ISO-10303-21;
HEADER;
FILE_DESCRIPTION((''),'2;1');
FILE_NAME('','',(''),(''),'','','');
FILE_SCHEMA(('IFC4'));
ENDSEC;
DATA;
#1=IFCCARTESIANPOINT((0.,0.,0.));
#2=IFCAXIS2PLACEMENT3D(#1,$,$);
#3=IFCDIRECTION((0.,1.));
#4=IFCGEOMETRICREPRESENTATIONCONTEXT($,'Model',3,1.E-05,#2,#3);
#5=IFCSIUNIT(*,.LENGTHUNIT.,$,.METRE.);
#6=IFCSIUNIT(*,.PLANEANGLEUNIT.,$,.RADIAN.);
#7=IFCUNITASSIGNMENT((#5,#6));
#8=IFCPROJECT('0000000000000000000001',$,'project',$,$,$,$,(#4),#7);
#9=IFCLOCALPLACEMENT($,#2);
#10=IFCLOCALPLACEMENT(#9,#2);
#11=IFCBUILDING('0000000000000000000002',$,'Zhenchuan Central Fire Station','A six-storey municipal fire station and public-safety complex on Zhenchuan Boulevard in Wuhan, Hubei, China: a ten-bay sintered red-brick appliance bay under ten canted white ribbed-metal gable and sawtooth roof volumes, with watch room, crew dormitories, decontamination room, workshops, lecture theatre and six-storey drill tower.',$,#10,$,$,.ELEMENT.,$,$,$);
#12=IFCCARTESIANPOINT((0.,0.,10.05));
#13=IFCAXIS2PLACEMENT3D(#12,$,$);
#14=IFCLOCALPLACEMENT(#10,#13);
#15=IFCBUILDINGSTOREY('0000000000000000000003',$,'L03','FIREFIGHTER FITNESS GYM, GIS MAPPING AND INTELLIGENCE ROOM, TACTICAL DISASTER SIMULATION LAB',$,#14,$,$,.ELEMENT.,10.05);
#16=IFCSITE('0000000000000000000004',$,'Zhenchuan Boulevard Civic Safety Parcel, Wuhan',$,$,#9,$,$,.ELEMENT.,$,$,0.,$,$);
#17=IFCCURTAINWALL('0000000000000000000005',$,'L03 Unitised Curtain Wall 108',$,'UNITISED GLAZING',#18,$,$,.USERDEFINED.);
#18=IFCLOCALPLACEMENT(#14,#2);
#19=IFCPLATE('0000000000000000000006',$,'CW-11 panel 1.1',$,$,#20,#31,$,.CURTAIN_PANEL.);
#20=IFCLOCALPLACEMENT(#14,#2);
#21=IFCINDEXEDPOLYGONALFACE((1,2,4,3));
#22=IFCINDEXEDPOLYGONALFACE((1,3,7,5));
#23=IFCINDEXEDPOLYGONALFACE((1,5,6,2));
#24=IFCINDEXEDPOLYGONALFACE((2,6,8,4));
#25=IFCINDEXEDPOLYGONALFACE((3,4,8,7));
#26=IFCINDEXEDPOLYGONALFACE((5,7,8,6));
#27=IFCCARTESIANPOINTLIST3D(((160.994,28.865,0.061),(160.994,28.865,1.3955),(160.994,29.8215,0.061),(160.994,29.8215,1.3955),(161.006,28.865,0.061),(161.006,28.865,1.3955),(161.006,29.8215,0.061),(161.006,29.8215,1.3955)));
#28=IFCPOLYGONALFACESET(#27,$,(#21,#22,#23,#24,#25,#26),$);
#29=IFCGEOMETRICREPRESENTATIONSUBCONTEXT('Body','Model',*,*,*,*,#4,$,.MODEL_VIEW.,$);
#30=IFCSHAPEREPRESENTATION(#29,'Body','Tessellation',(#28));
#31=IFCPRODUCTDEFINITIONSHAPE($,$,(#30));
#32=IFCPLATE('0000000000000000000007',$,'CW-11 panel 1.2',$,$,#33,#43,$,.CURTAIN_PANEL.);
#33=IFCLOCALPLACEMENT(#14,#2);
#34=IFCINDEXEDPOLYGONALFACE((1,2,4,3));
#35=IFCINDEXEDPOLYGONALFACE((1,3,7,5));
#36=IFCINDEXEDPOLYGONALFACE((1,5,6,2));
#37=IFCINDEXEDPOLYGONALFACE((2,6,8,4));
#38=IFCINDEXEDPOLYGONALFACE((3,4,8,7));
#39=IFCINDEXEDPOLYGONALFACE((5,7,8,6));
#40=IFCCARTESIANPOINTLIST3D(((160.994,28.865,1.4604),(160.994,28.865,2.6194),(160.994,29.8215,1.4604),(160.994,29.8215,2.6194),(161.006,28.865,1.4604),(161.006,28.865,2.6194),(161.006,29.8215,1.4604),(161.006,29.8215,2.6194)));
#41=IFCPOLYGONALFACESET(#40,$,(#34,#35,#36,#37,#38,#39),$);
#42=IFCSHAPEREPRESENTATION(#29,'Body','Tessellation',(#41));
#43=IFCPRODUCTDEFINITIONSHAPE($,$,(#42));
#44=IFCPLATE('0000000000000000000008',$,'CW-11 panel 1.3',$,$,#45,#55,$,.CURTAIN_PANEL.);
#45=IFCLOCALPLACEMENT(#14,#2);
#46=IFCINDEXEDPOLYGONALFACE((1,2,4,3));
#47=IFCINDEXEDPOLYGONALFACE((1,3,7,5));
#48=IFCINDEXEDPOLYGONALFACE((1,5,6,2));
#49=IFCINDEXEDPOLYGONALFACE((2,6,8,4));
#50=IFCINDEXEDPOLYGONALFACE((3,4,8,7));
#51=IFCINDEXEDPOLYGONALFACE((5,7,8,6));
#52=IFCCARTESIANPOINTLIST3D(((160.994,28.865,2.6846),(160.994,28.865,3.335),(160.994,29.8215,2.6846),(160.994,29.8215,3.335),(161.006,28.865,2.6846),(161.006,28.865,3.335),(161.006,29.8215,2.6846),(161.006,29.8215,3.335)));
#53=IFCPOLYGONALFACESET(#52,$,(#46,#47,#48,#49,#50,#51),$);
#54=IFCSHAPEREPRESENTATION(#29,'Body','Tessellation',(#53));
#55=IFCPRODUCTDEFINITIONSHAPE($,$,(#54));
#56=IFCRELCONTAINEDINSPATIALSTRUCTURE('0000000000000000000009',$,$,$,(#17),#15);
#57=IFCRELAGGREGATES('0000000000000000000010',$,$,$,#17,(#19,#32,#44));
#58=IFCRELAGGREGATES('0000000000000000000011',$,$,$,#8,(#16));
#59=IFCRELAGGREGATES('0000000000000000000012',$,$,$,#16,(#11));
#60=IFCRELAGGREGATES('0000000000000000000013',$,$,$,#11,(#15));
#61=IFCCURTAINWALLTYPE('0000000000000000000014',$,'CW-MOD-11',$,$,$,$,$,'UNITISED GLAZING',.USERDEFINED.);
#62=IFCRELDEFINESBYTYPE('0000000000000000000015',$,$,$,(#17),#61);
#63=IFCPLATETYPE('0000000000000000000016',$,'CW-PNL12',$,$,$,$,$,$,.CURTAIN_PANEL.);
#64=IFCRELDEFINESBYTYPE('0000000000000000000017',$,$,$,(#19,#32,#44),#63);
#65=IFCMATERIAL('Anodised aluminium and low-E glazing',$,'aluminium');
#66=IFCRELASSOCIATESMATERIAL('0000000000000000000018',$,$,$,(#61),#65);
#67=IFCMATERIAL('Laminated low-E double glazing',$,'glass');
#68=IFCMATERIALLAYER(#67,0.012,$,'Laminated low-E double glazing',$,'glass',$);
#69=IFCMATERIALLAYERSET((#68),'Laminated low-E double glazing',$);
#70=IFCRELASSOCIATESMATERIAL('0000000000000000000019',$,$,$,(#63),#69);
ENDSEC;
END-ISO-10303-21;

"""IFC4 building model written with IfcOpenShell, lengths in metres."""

from ifc_helpers import new_model, si_unit, direction, frame, origin, origin_2d, place, context, subcontext, project, spatial, rectangle, extrude, material, layer, layer_set, type_object, element, aggregate, save


model = new_model("IFC4")

# Units and contexts
model_context = context("Model", 3, precision=1e-05, world=origin(), true_north=direction((0.0, 1.0)))
body_context = subcontext(model_context, "Body", "Model", "MODEL_VIEW")
ifc_project = project(units=[si_unit("LENGTHUNIT", "METRE"), si_unit("PLANEANGLEUNIT", "RADIAN")], contexts=[model_context])

# Site, building, storey
site_placement = place(None, origin())
site = spatial("IfcSite", under=ifc_project, at=site_placement, Name="Zhenchuan Boulevard Civic Safety Parcel, Wuhan", CompositionType="ELEMENT", RefElevation=0.0)
building_placement = place(site_placement, origin())
building = spatial("IfcBuilding", under=site, at=building_placement, Name="Zhenchuan Central Fire Station", Description="A six-storey municipal fire station and public-safety complex on Zhenchuan Boulevard in Wuhan, Hubei, China: a ten-bay sintered red-brick appliance bay under ten canted white ribbed-metal gable and sawtooth roof volumes, with watch room, crew dormitories, decontamination room, workshops, lecture theatre and six-storey drill tower.", CompositionType="ELEMENT")
storey_placement = place(building_placement, frame((0.0, 0.0, 10.05)))
storey = spatial("IfcBuildingStorey", under=building, at=storey_placement, Name="L03", Description="FIREFIGHTER FITNESS GYM, GIS MAPPING AND INTELLIGENCE ROOM, TACTICAL DISASTER SIMULATION LAB", CompositionType="ELEMENT", Elevation=10.05)

# Shared definitions
ifc_material_1 = material(Name="Anodised aluminium and low-E glazing", Category="aluminium")

# Curtain wall
curtain_wall_type_1 = type_object("IfcCurtainWallType", Name="CW-MOD-11", ElementType="UNITISED GLAZING", PredefinedType="USERDEFINED", material=ifc_material_1)
curtain_wall_1_placement = place(storey_placement, origin())
curtain_wall_1 = element("IfcCurtainWall", 1, at=curtain_wall_1_placement, inside=storey, type_object=curtain_wall_type_1, Name="L03 Unitised Curtain Wall 108", ObjectType="UNITISED GLAZING", PredefinedType="USERDEFINED")

# Plates
ifc_material_2 = material(Name="Laminated low-E double glazing", Category="glass")
ifc_layer = layer(ifc_material_2, 0.012, Name="Laminated low-E double glazing", Category="glass")
ifc_layer_set = layer_set([ifc_layer], Name="Laminated low-E double glazing")
plate_type = type_object("IfcPlateType", Name="CW-PNL12", PredefinedType="CURTAIN_PANEL", material=ifc_layer_set)
plate_1_placement = place(storey_placement, frame((161.0, 29.3433, 0.061), z_axis=(0.0, 0.0, 1.0), x_axis=(0.0, 1.0, 0.0)))
plate_1 = element("IfcPlate", 2, at=plate_1_placement, type_object=plate_type, Name="CW-11 panel 1.1", PredefinedType="CURTAIN_PANEL", context=body_context, shape_type="SweptSolid", body=[
    extrude(rectangle(XDim=0.9565, YDim=0.012, at=origin_2d()), origin(), (0.0, 0.0, 1.0), 1.3345),
])
plate_2_placement = place(storey_placement, frame((161.0, 29.3433, 1.4604), z_axis=(0.0, 0.0, 1.0), x_axis=(0.0, 1.0, 0.0)))
plate_2 = element("IfcPlate", 3, at=plate_2_placement, type_object=plate_type, Name="CW-11 panel 1.2", PredefinedType="CURTAIN_PANEL", context=body_context, shape_type="SweptSolid", body=[
    extrude(rectangle(XDim=0.9565, YDim=0.012, at=origin_2d()), origin(), (0.0, 0.0, 1.0), 1.1589),
])
plate_3_placement = place(storey_placement, frame((161.0, 29.3433, 2.6846), z_axis=(0.0, 0.0, 1.0), x_axis=(0.0, 1.0, 0.0)))
plate_3 = element("IfcPlate", 4, at=plate_3_placement, type_object=plate_type, Name="CW-11 panel 1.3", PredefinedType="CURTAIN_PANEL", context=body_context, shape_type="SweptSolid", body=[
    extrude(rectangle(XDim=0.9565, YDim=0.012, at=origin_2d()), origin(), (0.0, 0.0, 1.0), 0.6504),
])
aggregate(curtain_wall_1, [plate_1, plate_2, plate_3])

save(model, "model.ifc")
